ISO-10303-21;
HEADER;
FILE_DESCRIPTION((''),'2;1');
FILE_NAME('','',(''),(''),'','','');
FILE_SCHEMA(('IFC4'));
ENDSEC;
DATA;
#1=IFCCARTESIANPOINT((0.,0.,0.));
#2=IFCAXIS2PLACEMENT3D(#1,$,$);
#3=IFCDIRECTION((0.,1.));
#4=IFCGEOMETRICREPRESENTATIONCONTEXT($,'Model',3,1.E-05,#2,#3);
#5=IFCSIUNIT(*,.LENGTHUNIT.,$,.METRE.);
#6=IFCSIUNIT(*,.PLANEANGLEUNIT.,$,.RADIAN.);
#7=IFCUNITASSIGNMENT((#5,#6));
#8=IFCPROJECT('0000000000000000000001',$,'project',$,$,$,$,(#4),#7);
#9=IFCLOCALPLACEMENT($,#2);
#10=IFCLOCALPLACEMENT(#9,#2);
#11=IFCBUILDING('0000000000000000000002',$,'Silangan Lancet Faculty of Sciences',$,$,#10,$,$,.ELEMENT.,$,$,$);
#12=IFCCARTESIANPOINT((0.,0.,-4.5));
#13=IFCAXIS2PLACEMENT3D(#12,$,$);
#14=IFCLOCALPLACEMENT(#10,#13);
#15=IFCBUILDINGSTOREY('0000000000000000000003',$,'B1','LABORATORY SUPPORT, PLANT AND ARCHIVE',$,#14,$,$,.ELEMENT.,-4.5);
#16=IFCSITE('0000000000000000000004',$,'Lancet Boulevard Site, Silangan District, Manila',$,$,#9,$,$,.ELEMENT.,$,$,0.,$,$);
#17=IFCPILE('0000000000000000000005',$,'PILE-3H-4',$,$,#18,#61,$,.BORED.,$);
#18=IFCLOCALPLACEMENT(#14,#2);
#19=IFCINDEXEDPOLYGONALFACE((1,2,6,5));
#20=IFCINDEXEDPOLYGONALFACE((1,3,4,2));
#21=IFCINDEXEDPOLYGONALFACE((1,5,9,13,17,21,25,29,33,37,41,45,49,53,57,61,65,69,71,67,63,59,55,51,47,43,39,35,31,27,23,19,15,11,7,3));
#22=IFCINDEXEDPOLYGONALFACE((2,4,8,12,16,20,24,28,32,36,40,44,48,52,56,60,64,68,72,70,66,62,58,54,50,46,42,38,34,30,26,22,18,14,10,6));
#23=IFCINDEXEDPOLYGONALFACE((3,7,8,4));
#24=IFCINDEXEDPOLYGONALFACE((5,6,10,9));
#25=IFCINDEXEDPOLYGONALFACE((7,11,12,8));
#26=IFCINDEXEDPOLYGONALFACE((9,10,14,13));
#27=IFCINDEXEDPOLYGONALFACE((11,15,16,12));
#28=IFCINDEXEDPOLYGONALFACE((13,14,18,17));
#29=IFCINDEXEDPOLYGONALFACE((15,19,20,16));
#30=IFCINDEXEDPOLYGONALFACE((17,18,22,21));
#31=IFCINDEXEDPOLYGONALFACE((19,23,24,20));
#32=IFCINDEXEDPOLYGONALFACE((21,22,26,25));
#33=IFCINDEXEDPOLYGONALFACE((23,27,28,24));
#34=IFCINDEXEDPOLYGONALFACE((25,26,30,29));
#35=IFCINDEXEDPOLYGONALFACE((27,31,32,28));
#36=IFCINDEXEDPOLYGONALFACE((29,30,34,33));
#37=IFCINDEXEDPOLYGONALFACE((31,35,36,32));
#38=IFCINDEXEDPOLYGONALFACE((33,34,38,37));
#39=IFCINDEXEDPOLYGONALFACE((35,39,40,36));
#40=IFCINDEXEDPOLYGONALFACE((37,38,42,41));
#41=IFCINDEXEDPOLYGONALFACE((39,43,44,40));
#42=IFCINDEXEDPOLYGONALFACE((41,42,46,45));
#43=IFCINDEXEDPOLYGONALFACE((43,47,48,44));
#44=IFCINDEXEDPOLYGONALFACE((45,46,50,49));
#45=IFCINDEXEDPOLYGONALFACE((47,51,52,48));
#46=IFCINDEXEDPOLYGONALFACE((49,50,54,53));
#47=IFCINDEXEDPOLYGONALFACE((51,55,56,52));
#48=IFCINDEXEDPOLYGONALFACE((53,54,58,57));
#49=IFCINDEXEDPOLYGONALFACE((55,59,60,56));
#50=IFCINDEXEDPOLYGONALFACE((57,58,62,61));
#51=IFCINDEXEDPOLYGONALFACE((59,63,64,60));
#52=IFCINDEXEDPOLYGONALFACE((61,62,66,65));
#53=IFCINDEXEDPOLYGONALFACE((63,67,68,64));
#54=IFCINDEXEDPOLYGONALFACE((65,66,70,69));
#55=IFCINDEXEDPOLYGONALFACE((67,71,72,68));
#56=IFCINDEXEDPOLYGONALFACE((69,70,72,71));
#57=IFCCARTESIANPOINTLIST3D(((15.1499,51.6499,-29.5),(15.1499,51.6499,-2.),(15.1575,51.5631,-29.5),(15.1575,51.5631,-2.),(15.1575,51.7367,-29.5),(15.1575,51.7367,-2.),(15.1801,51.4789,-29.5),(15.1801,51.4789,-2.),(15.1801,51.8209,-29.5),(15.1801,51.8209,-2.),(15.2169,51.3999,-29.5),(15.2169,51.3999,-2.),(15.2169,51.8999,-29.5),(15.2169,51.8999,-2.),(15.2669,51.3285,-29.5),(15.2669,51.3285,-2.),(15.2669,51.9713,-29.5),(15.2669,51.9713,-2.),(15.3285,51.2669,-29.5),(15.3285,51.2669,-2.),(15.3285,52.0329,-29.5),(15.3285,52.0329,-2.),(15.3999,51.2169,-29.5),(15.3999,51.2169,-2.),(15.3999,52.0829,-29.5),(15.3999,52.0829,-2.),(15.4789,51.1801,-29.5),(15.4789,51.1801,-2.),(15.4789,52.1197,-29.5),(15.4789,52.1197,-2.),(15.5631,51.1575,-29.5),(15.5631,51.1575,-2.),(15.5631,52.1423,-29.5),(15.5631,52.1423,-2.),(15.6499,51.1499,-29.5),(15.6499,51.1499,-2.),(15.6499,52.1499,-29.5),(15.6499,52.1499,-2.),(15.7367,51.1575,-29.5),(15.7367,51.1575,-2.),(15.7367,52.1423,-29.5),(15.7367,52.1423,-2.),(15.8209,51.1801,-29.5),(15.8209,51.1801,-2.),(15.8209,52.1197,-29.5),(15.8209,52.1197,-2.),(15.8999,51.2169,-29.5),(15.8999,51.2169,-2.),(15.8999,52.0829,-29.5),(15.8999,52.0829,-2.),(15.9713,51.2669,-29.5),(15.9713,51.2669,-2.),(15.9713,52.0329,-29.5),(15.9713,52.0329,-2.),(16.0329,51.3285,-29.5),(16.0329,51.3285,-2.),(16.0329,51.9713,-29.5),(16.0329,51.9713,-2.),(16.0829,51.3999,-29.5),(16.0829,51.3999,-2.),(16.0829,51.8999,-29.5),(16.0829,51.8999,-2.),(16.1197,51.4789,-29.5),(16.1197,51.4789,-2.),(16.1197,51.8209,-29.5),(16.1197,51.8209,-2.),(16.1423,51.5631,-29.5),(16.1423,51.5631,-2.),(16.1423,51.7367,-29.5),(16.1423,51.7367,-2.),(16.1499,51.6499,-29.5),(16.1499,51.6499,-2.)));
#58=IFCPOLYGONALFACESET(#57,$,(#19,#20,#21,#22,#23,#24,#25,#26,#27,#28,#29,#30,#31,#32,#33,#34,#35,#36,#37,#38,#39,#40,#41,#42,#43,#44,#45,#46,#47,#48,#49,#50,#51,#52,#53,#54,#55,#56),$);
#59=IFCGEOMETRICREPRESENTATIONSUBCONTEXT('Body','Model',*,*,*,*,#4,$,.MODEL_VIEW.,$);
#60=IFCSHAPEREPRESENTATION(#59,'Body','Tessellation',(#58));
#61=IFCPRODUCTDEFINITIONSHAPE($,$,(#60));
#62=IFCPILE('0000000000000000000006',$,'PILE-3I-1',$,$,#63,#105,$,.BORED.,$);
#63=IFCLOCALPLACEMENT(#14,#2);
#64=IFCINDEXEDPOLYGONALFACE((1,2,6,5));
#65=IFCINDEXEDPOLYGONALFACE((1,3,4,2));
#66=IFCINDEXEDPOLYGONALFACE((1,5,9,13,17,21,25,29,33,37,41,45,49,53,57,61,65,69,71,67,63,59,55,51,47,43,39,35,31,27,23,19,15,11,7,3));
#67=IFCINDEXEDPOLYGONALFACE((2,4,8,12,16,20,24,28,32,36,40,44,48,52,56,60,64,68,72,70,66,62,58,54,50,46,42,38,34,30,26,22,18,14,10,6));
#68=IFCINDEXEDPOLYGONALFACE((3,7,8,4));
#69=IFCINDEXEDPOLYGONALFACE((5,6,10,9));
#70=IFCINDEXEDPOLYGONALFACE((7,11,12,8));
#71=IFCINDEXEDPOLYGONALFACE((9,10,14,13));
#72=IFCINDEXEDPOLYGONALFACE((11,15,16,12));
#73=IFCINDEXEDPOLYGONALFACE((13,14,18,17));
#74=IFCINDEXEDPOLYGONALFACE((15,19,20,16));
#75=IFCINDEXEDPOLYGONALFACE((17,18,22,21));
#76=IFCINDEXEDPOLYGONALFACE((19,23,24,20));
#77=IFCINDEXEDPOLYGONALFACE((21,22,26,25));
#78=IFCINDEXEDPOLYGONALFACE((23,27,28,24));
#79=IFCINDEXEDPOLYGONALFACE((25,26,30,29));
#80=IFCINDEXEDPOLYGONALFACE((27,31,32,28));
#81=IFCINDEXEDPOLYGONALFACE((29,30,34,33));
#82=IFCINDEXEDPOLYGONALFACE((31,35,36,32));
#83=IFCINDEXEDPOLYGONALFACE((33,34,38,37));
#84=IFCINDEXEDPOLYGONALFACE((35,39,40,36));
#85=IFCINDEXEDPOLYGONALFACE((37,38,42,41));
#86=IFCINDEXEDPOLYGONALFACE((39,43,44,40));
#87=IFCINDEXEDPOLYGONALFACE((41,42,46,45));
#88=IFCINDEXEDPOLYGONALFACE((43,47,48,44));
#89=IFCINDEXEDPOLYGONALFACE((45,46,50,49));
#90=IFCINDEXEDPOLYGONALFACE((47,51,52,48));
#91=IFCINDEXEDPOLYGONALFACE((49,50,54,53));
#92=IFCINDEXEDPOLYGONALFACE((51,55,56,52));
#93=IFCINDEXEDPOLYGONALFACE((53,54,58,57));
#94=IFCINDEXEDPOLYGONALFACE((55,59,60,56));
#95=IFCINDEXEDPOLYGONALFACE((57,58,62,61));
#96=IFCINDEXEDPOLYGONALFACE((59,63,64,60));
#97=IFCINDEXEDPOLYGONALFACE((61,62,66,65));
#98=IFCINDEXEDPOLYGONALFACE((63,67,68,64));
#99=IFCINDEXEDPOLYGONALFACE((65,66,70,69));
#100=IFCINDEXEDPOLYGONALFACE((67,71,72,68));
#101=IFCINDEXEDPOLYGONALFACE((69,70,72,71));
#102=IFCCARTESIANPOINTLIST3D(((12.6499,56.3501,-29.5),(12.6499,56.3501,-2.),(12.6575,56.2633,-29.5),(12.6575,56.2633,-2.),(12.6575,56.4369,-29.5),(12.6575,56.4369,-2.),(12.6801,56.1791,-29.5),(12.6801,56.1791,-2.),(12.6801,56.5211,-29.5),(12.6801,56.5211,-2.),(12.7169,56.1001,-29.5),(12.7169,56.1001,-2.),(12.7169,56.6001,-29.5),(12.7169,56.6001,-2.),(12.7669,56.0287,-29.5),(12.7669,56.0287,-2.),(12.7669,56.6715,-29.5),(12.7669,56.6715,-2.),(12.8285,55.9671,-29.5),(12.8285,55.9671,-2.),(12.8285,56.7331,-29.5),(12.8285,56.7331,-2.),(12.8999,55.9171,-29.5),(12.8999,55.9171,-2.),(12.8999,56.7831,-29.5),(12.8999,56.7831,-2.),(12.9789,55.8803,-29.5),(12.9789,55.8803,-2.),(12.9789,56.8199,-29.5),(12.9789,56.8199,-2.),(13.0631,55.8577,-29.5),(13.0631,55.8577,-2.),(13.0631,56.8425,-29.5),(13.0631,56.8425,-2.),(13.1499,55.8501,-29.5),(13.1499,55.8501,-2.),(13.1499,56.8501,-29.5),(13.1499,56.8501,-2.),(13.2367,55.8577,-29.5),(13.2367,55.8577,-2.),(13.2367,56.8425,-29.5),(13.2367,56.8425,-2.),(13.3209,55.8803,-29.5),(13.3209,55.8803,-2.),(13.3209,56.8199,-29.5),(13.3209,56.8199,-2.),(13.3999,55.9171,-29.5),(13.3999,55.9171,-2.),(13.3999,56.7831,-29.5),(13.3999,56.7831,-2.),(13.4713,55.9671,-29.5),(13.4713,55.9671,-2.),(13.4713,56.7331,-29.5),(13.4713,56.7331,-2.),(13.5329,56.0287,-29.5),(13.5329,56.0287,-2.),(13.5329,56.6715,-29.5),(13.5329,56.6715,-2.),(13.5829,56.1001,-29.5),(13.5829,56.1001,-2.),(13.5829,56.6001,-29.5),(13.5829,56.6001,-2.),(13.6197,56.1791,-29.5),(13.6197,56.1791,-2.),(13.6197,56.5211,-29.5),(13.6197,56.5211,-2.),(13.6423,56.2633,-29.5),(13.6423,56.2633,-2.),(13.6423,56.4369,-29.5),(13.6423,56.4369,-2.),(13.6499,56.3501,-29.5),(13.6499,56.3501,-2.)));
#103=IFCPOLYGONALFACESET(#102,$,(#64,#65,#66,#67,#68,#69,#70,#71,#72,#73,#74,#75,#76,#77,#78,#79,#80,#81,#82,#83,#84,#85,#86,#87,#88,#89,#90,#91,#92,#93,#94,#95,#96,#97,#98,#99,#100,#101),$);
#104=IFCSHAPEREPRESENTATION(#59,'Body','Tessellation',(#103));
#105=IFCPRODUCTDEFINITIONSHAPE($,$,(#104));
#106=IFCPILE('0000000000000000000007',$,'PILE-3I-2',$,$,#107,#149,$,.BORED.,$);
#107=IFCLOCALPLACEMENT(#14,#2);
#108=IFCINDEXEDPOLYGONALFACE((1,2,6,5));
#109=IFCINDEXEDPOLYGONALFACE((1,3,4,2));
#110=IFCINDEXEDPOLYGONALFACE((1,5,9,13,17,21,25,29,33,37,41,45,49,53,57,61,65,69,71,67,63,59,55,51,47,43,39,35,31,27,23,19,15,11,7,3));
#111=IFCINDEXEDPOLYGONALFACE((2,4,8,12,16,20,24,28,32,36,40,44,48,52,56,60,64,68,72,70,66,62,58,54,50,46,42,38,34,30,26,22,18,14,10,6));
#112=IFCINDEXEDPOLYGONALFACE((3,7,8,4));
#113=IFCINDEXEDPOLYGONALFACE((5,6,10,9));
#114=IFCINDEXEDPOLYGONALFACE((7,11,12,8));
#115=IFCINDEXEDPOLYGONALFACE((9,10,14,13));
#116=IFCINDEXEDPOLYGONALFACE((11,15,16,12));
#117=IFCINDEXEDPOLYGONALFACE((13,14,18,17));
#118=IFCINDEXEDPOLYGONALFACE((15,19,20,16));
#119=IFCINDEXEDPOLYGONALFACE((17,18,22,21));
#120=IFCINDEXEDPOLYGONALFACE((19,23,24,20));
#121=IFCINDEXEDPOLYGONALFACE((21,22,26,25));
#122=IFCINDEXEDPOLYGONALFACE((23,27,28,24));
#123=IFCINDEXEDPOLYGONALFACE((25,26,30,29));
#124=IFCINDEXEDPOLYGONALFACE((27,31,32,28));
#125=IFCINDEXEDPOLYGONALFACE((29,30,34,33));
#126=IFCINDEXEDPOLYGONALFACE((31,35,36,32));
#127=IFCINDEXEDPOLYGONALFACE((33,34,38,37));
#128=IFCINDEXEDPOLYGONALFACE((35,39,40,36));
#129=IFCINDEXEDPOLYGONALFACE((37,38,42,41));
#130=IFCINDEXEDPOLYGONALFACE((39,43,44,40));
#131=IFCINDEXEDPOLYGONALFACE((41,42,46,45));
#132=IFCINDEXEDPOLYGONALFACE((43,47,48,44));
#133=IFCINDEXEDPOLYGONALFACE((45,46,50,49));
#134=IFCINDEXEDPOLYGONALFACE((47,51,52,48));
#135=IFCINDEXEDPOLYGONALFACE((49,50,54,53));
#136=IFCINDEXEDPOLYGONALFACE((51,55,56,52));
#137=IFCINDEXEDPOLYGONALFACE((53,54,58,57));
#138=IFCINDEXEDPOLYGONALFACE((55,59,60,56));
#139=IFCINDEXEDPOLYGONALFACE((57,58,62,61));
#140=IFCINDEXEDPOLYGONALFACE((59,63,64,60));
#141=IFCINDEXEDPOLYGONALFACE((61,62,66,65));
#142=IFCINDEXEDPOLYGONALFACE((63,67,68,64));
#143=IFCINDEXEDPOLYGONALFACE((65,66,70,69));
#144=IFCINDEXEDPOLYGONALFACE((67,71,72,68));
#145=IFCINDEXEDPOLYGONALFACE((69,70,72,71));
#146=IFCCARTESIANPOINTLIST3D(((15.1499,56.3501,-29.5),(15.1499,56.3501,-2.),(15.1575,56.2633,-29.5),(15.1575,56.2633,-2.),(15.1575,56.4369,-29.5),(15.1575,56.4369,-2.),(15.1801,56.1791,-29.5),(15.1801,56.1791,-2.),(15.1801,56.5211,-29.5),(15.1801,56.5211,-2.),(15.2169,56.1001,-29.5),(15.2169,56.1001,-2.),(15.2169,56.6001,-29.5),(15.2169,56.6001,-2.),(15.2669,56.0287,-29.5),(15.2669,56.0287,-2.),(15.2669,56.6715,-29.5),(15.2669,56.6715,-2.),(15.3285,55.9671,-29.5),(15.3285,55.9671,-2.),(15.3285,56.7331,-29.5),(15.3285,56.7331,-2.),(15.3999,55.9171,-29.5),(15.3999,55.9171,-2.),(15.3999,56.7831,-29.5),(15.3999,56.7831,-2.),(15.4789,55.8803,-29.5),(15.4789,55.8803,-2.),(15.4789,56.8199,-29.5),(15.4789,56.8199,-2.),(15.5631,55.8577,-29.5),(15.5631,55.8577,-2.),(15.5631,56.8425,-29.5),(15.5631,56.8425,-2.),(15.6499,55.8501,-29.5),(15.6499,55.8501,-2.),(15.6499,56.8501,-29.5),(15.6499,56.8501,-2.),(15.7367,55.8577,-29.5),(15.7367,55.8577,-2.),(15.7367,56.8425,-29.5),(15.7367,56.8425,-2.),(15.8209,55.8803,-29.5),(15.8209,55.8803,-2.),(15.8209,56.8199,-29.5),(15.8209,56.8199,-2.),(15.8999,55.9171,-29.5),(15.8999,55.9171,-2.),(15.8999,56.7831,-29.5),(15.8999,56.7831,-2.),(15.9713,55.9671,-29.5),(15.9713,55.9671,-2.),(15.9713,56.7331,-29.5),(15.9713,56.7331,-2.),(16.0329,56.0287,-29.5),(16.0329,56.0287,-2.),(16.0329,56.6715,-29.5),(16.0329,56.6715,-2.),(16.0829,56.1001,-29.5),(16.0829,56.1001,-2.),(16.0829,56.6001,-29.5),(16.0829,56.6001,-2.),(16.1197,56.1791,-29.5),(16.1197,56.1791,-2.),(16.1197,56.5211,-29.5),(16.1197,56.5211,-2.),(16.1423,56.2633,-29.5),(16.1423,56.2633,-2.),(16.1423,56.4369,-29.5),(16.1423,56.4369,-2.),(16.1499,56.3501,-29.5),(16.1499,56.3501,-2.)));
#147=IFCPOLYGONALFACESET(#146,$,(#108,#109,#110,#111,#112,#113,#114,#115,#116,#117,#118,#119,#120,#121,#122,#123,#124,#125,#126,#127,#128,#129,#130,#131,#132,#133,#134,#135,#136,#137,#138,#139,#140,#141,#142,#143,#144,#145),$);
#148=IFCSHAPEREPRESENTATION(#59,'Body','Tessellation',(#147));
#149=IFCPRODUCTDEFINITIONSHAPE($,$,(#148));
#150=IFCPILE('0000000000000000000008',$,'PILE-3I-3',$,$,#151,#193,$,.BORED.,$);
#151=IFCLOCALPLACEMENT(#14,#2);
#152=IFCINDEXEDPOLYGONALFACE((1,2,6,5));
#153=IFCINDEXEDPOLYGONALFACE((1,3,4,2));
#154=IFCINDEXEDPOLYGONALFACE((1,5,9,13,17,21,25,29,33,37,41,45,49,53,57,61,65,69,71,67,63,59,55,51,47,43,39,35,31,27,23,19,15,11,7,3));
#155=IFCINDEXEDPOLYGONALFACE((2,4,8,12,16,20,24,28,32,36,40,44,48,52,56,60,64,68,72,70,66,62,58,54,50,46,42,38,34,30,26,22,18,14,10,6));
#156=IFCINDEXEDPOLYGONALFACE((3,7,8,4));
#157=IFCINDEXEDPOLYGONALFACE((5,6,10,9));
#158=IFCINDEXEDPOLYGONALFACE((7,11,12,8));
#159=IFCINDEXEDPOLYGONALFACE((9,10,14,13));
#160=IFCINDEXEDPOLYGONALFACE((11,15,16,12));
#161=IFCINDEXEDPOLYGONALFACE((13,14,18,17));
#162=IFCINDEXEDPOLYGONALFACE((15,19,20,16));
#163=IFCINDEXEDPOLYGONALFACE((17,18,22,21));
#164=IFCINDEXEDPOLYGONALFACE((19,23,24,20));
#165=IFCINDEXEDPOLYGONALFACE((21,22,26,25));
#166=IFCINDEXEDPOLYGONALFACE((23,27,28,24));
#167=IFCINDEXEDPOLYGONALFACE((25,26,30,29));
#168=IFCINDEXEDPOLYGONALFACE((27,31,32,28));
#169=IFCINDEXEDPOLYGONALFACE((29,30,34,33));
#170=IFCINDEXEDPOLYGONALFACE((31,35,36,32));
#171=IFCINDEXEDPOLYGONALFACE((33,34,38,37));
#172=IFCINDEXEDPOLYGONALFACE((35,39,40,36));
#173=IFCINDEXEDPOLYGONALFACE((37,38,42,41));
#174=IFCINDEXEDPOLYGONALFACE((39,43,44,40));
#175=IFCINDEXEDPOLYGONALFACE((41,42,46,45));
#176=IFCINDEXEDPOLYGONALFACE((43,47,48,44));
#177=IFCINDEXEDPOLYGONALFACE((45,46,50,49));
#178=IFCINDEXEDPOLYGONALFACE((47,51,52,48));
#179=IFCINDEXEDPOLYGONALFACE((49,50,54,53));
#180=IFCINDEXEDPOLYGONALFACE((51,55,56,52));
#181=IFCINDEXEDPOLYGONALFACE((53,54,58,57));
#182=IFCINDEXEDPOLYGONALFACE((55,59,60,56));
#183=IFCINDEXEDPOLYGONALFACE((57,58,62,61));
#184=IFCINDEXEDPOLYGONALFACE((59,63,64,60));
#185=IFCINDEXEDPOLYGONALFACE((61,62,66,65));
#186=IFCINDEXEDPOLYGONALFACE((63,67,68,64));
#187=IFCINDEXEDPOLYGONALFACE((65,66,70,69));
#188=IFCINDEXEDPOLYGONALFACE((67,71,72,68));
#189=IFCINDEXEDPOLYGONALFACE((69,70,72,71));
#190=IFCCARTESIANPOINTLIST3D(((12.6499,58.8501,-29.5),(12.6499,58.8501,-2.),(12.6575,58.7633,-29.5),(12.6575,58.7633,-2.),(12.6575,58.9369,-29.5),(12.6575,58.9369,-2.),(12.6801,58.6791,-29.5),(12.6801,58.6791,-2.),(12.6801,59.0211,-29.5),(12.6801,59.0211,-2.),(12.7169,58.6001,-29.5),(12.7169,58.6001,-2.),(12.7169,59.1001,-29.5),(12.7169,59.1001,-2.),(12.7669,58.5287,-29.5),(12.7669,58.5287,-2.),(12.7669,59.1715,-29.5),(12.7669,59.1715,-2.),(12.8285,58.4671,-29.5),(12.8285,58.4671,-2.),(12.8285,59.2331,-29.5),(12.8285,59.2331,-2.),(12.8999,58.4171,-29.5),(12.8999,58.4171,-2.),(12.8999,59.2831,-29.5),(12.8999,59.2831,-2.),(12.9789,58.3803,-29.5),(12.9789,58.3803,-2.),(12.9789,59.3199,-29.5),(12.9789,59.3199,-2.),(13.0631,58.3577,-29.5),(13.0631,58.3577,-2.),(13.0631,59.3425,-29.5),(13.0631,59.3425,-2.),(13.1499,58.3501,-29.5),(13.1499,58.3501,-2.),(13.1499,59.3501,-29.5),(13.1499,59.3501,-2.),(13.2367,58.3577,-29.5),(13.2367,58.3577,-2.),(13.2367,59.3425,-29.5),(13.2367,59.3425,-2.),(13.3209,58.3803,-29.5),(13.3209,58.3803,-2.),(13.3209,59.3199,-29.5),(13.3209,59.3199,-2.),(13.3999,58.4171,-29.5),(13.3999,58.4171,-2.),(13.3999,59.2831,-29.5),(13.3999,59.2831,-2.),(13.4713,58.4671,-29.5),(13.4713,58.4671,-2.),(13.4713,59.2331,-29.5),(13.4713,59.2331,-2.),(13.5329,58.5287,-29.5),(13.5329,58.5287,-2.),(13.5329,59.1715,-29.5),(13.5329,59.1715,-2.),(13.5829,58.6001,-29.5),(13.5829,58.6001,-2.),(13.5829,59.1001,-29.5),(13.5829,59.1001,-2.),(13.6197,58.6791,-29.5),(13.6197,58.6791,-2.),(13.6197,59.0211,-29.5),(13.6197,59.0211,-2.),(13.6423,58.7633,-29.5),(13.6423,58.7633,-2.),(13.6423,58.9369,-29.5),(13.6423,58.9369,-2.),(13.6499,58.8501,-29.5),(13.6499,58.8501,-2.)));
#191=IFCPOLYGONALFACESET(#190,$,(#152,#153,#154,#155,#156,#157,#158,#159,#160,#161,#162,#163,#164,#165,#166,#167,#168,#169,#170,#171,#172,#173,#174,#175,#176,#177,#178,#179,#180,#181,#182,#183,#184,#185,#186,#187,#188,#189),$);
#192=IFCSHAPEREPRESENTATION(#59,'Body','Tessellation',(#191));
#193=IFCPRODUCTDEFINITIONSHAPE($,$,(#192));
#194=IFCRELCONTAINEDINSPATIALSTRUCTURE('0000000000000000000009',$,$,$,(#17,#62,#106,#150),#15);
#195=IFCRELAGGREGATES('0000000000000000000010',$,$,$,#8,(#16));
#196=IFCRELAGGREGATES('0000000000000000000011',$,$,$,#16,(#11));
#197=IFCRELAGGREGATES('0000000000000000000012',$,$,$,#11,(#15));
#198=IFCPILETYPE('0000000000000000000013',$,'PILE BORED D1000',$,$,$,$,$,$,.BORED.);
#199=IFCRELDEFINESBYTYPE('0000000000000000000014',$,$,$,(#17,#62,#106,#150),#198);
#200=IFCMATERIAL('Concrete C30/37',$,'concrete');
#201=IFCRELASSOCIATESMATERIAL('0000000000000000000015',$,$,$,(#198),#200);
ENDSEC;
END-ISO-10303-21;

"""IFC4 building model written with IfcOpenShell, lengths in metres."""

from ifc_helpers import new_model, si_unit, direction, frame, origin, origin_2d, place, context, subcontext, project, spatial, circle, extrude, material, material_profile, profile_set, type_object, element, save


model = new_model("IFC4")

# Units and contexts
model_context = context("Model", 3, precision=1e-05, world=origin(), true_north=direction((0.0, 1.0)))
body_context = subcontext(model_context, "Body", "Model", "MODEL_VIEW")
ifc_project = project(units=[si_unit("LENGTHUNIT", "METRE"), si_unit("PLANEANGLEUNIT", "RADIAN")], contexts=[model_context])

# Site, building, storey
site_placement = place(None, origin())
site = spatial("IfcSite", under=ifc_project, at=site_placement, Name="Lancet Boulevard Site, Silangan District, Manila", CompositionType="ELEMENT", RefElevation=0.0)
building_placement = place(site_placement, origin())
building = spatial("IfcBuilding", under=site, at=building_placement, Name="Silangan Lancet Faculty of Sciences", CompositionType="ELEMENT")
storey_placement = place(building_placement, frame((0.0, 0.0, -4.5)))
storey = spatial("IfcBuildingStorey", under=building, at=storey_placement, Name="B1", Description="LABORATORY SUPPORT, PLANT AND ARCHIVE", CompositionType="ELEMENT", Elevation=-4.5)

# Piles
ifc_material_1 = material(Name="Concrete C30/37", Category="concrete")
ifc_material_profile_1 = material_profile(ifc_material_1, circle(Radius=0.5, at=origin_2d()), Name="BORED PILE D1000")
ifc_profile_set_1 = profile_set([ifc_material_profile_1], Name="Concrete C30/37")
pile_type = type_object("IfcPileType", Name="PILE BORED D1000", PredefinedType="BORED", material=ifc_profile_set_1)
for number, where, z_axis, x_axis, name in (
    (1, (15.6499, 51.6499, -2.0), (0.0, 0.0, -1.0), (1.0, 0.0, 0.0), "PILE-3H-4"),
    (2, (13.1499, 56.3501, -2.0), (0.0, 0.0, -1.0), (1.0, 0.0, 0.0), "PILE-3I-1"),
    (3, (15.6499, 56.3501, -2.0), (0.0, 0.0, -1.0), (1.0, 0.0, 0.0), "PILE-3I-2"),
    (4, (13.1499, 58.8501, -2.0), (0.0, 0.0, -1.0), (1.0, 0.0, 0.0), "PILE-3I-3"),
):
    element("IfcPile", number, at=place(storey_placement, frame(where, z_axis=z_axis, x_axis=x_axis)), inside=storey, type_object=pile_type, Name=name, PredefinedType="BORED", context=body_context, shape_type="SweptSolid", body=[
        extrude(circle(Radius=0.5, at=origin_2d()), origin(), (0.0, 0.0, 1.0), 27.5),
    ])

save(model, "model.ifc")
